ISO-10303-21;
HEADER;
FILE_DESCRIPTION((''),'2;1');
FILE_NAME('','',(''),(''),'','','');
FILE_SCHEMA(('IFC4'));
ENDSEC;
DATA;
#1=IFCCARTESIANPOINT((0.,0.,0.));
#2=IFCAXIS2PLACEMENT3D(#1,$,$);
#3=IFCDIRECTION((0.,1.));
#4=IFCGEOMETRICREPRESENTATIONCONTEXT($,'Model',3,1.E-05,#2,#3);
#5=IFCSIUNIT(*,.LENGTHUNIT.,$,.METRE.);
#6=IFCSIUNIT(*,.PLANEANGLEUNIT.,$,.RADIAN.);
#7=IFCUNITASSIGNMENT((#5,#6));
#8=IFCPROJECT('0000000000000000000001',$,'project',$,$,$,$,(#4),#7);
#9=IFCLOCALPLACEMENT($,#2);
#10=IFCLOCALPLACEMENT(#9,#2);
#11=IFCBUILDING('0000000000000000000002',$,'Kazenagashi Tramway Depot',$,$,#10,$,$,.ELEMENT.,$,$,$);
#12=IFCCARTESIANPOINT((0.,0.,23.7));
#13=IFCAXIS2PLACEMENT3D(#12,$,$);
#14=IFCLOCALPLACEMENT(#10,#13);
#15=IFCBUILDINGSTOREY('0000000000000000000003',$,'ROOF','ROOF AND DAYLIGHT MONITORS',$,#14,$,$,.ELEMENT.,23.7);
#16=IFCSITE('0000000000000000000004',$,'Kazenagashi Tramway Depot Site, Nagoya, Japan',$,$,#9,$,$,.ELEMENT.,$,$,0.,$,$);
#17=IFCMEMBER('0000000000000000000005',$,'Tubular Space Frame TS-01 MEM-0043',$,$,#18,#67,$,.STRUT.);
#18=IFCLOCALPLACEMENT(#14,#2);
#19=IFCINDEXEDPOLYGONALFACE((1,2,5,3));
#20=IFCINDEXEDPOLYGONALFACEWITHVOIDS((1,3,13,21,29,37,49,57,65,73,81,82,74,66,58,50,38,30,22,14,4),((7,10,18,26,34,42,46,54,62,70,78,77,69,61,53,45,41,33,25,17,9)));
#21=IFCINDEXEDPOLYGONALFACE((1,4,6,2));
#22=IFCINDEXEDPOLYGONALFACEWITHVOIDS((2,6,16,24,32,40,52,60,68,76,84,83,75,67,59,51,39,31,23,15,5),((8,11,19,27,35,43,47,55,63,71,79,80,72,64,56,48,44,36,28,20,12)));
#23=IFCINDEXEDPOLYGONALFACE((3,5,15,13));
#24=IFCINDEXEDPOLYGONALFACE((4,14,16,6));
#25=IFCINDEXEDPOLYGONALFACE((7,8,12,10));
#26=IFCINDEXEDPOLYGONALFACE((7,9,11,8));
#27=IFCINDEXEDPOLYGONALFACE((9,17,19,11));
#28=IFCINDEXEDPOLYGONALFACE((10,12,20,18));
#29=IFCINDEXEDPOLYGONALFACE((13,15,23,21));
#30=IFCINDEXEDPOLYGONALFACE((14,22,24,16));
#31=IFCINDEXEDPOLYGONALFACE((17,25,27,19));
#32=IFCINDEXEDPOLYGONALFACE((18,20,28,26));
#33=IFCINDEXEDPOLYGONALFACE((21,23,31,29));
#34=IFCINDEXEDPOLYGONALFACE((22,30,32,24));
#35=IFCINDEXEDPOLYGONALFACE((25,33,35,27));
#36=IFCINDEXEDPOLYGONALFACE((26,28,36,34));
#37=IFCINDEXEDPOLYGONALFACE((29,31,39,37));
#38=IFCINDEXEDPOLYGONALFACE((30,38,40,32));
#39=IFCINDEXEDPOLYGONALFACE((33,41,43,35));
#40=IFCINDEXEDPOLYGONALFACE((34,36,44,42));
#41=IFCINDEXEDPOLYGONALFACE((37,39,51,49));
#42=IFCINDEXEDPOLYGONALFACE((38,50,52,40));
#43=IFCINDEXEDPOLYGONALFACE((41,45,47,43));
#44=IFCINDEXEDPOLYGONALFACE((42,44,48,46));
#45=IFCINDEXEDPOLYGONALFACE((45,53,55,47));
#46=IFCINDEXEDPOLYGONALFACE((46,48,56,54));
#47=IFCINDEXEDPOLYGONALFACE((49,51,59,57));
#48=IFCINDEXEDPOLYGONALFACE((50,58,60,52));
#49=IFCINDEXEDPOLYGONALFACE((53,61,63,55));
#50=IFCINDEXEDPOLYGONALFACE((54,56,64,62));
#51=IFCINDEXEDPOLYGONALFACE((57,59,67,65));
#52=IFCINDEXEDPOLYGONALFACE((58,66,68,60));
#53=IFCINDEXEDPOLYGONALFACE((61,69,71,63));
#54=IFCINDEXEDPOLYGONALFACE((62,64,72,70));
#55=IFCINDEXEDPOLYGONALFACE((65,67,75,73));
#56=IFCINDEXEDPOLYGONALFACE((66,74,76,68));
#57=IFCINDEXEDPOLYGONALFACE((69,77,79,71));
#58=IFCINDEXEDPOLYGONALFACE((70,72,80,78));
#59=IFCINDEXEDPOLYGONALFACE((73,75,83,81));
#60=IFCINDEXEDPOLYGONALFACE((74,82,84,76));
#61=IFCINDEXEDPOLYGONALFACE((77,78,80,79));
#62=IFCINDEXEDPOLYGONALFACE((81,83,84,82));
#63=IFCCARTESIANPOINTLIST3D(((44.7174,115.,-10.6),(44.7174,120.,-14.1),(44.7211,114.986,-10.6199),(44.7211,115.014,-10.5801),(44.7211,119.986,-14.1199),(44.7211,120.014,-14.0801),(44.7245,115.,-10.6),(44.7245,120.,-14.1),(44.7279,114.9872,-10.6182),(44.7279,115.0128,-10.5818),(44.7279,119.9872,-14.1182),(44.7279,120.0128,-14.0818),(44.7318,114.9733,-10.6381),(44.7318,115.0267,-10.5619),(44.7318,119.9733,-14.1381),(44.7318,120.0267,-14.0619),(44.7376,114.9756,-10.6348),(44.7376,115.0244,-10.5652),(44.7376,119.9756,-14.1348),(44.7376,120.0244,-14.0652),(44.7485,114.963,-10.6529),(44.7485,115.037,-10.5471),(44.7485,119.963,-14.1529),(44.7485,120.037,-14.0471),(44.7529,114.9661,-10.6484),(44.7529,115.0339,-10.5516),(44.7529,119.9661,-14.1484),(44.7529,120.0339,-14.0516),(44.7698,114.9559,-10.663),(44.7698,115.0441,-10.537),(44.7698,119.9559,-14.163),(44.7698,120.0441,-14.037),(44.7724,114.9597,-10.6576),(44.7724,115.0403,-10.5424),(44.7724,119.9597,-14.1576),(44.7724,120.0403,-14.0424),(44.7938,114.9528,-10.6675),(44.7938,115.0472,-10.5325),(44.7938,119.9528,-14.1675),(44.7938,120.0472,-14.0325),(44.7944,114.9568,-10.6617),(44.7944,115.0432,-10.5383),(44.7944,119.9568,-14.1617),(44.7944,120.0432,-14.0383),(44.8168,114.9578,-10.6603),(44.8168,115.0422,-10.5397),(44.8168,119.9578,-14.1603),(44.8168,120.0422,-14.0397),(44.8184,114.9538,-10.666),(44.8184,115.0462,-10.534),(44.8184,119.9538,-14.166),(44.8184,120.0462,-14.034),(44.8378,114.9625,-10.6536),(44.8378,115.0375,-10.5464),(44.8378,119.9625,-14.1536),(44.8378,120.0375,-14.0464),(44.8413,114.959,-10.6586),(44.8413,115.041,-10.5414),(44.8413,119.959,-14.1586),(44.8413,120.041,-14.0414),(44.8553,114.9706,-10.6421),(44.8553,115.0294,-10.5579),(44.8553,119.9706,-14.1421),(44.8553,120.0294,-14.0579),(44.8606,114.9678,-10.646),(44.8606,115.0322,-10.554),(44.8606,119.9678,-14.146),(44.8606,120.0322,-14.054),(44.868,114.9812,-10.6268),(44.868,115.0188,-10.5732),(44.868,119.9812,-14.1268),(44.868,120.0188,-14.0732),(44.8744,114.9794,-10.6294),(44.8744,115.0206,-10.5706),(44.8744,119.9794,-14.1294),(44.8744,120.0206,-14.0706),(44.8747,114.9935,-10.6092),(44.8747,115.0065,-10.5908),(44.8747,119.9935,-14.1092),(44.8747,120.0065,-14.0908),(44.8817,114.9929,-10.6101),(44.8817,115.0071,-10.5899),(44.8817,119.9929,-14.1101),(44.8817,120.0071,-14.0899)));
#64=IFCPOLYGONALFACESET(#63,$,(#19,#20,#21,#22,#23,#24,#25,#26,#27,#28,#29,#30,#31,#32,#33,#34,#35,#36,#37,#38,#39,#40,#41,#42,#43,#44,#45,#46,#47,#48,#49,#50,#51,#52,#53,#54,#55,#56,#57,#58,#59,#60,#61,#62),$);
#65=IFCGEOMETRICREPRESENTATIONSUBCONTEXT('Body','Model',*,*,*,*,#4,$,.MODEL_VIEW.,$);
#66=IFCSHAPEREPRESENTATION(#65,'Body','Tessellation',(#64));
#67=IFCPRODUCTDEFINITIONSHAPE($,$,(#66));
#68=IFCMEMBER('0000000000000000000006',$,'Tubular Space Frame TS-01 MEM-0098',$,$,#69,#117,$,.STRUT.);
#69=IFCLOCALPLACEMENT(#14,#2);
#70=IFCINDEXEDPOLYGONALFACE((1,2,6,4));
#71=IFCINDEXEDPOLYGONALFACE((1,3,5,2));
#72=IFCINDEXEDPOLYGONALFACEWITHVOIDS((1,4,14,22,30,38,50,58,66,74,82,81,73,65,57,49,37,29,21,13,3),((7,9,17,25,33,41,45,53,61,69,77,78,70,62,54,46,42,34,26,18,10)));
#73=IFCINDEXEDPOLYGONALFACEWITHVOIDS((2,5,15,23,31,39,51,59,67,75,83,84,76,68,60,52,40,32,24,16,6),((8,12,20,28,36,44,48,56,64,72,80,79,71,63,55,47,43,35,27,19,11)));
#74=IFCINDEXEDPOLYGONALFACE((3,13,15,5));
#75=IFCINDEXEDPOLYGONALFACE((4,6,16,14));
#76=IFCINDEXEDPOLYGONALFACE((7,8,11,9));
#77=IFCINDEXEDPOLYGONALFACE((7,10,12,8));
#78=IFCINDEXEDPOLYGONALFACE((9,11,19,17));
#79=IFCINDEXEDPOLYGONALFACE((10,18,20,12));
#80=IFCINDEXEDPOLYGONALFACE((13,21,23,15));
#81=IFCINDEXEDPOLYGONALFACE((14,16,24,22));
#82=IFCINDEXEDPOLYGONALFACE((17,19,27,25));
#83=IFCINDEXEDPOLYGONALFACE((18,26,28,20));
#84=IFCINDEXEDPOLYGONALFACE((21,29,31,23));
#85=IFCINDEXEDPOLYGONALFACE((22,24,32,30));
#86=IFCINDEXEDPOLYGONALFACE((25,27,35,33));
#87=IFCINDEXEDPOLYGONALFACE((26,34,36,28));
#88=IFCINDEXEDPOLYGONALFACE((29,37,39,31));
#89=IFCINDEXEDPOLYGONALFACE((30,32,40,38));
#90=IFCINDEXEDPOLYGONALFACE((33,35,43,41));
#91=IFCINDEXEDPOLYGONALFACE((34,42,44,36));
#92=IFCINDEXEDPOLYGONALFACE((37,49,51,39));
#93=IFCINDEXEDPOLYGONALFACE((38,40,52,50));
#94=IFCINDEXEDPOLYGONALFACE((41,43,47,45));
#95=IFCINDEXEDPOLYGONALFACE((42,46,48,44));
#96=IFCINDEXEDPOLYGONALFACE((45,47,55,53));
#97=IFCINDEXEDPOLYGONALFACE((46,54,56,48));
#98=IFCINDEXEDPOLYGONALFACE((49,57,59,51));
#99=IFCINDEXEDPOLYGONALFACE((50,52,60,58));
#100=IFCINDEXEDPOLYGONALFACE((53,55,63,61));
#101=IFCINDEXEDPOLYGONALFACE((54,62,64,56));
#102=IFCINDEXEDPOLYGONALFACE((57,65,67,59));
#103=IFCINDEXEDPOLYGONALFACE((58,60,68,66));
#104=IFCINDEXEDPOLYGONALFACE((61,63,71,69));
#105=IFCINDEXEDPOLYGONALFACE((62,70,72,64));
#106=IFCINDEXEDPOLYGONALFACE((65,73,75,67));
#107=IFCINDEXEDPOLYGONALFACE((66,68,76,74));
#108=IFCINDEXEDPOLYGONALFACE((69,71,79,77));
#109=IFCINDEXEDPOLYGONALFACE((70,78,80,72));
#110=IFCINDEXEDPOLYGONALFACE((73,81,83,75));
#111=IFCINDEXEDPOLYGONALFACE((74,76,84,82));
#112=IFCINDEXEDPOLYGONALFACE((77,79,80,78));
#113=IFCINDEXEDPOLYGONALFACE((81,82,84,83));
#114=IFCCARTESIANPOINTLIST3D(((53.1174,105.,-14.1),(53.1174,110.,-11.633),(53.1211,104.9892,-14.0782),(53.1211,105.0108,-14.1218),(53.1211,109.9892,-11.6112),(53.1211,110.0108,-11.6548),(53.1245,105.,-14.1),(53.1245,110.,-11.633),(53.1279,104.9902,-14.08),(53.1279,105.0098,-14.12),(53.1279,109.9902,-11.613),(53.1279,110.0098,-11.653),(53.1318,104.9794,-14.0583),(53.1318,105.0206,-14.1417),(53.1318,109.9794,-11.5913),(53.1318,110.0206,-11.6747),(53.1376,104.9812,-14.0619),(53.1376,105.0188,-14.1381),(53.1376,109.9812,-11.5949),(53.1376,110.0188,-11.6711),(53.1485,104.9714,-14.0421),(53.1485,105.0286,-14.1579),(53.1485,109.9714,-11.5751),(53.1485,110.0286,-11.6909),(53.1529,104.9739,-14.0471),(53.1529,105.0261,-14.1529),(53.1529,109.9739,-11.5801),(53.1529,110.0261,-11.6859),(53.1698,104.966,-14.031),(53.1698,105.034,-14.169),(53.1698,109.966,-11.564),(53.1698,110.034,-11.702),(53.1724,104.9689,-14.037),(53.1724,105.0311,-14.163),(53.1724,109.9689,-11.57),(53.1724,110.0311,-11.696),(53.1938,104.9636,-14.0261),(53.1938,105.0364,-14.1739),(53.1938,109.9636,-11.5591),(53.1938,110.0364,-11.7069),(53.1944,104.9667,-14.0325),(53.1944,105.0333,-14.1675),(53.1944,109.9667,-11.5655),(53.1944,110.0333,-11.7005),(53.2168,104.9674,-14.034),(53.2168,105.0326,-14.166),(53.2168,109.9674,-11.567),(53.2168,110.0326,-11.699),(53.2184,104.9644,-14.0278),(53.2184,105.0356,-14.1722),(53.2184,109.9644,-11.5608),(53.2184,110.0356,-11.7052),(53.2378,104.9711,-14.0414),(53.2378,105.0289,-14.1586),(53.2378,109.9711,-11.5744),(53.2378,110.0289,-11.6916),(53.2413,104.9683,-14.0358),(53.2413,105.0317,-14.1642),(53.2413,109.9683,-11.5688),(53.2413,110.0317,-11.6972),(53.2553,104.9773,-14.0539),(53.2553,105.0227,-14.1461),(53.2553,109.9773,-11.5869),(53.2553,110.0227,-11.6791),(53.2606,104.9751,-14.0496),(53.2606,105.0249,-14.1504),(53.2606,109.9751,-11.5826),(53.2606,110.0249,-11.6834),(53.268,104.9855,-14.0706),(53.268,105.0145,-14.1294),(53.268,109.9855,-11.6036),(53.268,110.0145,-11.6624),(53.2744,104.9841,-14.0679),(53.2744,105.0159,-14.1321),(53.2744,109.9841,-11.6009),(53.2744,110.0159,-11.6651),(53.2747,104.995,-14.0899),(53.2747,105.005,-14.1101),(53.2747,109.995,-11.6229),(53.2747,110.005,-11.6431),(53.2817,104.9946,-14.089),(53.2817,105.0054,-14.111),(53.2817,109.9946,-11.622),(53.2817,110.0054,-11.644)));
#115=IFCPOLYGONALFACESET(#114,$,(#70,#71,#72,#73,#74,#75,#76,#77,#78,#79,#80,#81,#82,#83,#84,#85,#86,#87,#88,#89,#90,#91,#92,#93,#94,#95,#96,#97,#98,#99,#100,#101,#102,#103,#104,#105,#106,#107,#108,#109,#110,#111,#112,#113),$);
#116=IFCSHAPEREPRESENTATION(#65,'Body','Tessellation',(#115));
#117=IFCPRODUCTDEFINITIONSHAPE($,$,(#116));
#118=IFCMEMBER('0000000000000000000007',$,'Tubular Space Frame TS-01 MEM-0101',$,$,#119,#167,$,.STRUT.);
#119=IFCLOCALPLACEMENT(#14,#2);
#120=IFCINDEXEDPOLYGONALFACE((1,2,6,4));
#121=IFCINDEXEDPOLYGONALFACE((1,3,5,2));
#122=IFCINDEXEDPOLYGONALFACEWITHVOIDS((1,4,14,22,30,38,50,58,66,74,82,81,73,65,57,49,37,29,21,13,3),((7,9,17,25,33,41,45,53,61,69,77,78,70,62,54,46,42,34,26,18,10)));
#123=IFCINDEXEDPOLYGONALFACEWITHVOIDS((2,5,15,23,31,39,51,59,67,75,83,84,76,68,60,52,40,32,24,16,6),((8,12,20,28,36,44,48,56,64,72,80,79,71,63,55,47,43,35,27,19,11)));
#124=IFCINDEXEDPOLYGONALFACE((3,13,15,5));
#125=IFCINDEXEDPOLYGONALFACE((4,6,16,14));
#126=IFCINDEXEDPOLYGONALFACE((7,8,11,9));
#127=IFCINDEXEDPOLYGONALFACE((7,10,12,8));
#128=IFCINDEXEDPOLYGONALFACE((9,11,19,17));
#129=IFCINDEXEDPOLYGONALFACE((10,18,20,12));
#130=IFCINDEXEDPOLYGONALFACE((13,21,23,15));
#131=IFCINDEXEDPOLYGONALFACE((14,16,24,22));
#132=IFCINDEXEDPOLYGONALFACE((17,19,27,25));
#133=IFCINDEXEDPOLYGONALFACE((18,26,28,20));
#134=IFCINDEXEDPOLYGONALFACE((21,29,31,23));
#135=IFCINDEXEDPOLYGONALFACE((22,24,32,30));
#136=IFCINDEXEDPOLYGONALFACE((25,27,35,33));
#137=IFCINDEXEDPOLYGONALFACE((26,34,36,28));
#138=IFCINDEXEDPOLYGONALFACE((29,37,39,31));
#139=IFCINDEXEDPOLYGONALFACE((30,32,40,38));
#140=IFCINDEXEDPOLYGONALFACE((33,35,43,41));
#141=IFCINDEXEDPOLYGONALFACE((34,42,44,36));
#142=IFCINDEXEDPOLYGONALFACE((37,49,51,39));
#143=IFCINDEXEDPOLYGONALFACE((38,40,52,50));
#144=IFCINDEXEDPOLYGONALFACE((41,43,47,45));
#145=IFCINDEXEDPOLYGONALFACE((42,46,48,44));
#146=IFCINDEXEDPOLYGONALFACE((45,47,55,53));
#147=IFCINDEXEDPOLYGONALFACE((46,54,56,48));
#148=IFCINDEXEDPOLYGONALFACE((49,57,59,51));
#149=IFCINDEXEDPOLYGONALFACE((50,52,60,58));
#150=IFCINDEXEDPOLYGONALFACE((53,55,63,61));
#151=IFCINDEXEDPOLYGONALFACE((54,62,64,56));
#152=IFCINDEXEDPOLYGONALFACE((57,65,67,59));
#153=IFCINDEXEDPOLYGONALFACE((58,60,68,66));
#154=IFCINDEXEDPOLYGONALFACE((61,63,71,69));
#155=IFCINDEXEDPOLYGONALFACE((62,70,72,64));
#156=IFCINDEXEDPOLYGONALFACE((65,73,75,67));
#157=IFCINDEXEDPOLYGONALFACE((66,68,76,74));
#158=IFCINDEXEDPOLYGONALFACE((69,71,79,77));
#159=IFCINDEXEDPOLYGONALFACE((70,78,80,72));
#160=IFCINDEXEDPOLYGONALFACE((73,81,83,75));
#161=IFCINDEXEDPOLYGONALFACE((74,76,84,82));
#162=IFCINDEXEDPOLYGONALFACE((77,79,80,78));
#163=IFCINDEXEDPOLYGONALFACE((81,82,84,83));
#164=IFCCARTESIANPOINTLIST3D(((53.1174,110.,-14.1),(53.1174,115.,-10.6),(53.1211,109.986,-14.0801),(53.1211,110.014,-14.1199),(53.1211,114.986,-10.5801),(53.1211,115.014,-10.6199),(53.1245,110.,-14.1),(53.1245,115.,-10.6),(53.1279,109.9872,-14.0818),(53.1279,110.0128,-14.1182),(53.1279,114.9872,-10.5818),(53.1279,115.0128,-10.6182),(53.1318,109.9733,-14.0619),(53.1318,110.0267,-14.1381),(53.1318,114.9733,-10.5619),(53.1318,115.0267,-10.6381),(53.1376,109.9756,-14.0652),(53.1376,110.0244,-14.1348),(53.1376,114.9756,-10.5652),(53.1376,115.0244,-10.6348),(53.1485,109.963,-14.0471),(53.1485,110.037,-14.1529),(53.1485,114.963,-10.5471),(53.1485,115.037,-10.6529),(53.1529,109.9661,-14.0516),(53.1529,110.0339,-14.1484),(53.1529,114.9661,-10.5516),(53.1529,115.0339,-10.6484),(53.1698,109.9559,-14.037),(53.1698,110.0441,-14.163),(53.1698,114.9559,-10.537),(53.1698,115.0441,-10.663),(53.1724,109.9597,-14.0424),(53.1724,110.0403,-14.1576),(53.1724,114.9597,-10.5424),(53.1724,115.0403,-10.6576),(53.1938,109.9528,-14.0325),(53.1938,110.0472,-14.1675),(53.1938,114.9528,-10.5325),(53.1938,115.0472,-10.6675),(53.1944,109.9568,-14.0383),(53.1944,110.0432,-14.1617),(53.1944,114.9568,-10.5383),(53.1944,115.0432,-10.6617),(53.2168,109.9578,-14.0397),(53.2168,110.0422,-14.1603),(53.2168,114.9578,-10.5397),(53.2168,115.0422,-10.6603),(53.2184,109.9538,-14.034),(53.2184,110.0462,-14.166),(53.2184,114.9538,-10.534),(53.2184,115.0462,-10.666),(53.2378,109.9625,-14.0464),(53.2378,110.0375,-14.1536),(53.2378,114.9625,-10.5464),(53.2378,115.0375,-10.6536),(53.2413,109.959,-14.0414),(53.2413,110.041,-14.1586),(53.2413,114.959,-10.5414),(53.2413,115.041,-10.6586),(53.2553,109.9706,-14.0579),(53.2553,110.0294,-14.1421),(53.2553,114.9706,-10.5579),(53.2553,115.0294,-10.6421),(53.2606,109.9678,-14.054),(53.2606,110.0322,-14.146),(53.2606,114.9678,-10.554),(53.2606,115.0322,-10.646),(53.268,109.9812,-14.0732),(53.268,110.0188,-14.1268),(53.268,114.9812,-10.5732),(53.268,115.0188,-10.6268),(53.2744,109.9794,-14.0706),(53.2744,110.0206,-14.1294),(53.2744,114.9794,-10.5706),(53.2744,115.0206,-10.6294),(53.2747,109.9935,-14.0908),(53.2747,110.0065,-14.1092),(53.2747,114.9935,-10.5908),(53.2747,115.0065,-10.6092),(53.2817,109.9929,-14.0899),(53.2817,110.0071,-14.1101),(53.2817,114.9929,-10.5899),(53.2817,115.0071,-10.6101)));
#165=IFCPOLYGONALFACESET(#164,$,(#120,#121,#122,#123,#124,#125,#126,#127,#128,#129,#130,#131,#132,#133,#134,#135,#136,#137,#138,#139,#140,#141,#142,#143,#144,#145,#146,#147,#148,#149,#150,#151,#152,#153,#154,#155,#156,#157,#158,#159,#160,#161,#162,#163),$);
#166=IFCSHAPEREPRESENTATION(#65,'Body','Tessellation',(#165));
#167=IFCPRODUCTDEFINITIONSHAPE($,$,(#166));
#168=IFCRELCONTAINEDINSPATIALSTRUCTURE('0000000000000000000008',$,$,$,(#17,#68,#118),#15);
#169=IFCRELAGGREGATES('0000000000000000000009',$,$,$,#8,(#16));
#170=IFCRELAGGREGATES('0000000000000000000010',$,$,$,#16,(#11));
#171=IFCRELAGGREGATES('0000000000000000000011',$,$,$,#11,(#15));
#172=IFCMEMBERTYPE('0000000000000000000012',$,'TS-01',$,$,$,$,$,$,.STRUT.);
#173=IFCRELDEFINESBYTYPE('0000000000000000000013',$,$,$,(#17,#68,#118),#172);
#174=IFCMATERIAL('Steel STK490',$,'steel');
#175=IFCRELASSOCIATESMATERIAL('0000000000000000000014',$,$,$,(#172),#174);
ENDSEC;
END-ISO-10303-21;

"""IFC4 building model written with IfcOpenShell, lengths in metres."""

from ifc_helpers import new_model, si_unit, direction, frame, origin, origin_2d, place, context, subcontext, project, spatial, hollow_circle, extrude, material, material_profile, profile_set, type_object, element, save


model = new_model("IFC4")

# Units and contexts
model_context = context("Model", 3, precision=1e-05, world=origin(), true_north=direction((0.0, 1.0)))
body_context = subcontext(model_context, "Body", "Model", "MODEL_VIEW")
ifc_project = project(units=[si_unit("LENGTHUNIT", "METRE"), si_unit("PLANEANGLEUNIT", "RADIAN")], contexts=[model_context])

# Site, building, storey
site_placement = place(None, origin())
site = spatial("IfcSite", under=ifc_project, at=site_placement, Name="Kazenagashi Tramway Depot Site, Nagoya, Japan", CompositionType="ELEMENT", RefElevation=0.0)
building_placement = place(site_placement, origin())
building = spatial("IfcBuilding", under=site, at=building_placement, Name="Kazenagashi Tramway Depot", CompositionType="ELEMENT")
storey_placement = place(building_placement, frame((0.0, 0.0, 23.7)))
storey = spatial("IfcBuildingStorey", under=building, at=storey_placement, Name="ROOF", Description="ROOF AND DAYLIGHT MONITORS", CompositionType="ELEMENT", Elevation=23.7)

# Members
ifc_material_1 = material(Name="Steel STK490", Category="steel")
ifc_material_profile_1 = material_profile(ifc_material_1, hollow_circle(Radius=0.0826, WallThickness=0.0071, at=origin_2d()), Name="CHS-165.2x7.1")
ifc_profile_set_1 = profile_set([ifc_material_profile_1], Name="Steel STK490")
member_type_1 = type_object("IfcMemberType", Name="TS-01", PredefinedType="STRUT", material=ifc_profile_set_1)
for number, where, z_axis, x_axis, name in (
    (1, (44.8, 115.0, -10.6), (0.0, 0.819232, -0.573462), (-1.0, 0.0, 0.0), "Tubular Space Frame TS-01 MEM-0043"),
):
    element("IfcMember", number, at=place(storey_placement, frame(where, z_axis=z_axis, x_axis=x_axis)), inside=storey, type_object=member_type_1, Name=name, PredefinedType="STRUT", context=body_context, shape_type="SweptSolid", body=[
        extrude(hollow_circle(Radius=0.0826, WallThickness=0.0071, at=origin_2d()), origin(), (0.0, 0.0, 1.0), 6.1033),
    ])
member_1_placement = place(storey_placement, frame((53.2, 105.0, -14.1), z_axis=(0.0, 0.896782, 0.442472), x_axis=(-1.0, 0.0, 0.0)))
element("IfcMember", 2, at=member_1_placement, inside=storey, type_object=member_type_1, Name="Tubular Space Frame TS-01 MEM-0098", PredefinedType="STRUT", context=body_context, shape_type="SweptSolid", body=[
    extrude(hollow_circle(Radius=0.0826, WallThickness=0.0071, at=origin_2d()), origin(), (0.0, 0.0, 1.0), 5.5755),
])
member_2_placement = place(storey_placement, frame((53.2, 110.0, -14.1), z_axis=(0.0, 0.819232, 0.573462), x_axis=(-1.0, 0.0, 0.0)))
element("IfcMember", 3, at=member_2_placement, inside=storey, type_object=member_type_1, Name="Tubular Space Frame TS-01 MEM-0101", PredefinedType="STRUT", context=body_context, shape_type="SweptSolid", body=[
    extrude(hollow_circle(Radius=0.0826, WallThickness=0.0071, at=origin_2d()), origin(), (0.0, 0.0, 1.0), 6.1033),
])

save(model, "model.ifc")
